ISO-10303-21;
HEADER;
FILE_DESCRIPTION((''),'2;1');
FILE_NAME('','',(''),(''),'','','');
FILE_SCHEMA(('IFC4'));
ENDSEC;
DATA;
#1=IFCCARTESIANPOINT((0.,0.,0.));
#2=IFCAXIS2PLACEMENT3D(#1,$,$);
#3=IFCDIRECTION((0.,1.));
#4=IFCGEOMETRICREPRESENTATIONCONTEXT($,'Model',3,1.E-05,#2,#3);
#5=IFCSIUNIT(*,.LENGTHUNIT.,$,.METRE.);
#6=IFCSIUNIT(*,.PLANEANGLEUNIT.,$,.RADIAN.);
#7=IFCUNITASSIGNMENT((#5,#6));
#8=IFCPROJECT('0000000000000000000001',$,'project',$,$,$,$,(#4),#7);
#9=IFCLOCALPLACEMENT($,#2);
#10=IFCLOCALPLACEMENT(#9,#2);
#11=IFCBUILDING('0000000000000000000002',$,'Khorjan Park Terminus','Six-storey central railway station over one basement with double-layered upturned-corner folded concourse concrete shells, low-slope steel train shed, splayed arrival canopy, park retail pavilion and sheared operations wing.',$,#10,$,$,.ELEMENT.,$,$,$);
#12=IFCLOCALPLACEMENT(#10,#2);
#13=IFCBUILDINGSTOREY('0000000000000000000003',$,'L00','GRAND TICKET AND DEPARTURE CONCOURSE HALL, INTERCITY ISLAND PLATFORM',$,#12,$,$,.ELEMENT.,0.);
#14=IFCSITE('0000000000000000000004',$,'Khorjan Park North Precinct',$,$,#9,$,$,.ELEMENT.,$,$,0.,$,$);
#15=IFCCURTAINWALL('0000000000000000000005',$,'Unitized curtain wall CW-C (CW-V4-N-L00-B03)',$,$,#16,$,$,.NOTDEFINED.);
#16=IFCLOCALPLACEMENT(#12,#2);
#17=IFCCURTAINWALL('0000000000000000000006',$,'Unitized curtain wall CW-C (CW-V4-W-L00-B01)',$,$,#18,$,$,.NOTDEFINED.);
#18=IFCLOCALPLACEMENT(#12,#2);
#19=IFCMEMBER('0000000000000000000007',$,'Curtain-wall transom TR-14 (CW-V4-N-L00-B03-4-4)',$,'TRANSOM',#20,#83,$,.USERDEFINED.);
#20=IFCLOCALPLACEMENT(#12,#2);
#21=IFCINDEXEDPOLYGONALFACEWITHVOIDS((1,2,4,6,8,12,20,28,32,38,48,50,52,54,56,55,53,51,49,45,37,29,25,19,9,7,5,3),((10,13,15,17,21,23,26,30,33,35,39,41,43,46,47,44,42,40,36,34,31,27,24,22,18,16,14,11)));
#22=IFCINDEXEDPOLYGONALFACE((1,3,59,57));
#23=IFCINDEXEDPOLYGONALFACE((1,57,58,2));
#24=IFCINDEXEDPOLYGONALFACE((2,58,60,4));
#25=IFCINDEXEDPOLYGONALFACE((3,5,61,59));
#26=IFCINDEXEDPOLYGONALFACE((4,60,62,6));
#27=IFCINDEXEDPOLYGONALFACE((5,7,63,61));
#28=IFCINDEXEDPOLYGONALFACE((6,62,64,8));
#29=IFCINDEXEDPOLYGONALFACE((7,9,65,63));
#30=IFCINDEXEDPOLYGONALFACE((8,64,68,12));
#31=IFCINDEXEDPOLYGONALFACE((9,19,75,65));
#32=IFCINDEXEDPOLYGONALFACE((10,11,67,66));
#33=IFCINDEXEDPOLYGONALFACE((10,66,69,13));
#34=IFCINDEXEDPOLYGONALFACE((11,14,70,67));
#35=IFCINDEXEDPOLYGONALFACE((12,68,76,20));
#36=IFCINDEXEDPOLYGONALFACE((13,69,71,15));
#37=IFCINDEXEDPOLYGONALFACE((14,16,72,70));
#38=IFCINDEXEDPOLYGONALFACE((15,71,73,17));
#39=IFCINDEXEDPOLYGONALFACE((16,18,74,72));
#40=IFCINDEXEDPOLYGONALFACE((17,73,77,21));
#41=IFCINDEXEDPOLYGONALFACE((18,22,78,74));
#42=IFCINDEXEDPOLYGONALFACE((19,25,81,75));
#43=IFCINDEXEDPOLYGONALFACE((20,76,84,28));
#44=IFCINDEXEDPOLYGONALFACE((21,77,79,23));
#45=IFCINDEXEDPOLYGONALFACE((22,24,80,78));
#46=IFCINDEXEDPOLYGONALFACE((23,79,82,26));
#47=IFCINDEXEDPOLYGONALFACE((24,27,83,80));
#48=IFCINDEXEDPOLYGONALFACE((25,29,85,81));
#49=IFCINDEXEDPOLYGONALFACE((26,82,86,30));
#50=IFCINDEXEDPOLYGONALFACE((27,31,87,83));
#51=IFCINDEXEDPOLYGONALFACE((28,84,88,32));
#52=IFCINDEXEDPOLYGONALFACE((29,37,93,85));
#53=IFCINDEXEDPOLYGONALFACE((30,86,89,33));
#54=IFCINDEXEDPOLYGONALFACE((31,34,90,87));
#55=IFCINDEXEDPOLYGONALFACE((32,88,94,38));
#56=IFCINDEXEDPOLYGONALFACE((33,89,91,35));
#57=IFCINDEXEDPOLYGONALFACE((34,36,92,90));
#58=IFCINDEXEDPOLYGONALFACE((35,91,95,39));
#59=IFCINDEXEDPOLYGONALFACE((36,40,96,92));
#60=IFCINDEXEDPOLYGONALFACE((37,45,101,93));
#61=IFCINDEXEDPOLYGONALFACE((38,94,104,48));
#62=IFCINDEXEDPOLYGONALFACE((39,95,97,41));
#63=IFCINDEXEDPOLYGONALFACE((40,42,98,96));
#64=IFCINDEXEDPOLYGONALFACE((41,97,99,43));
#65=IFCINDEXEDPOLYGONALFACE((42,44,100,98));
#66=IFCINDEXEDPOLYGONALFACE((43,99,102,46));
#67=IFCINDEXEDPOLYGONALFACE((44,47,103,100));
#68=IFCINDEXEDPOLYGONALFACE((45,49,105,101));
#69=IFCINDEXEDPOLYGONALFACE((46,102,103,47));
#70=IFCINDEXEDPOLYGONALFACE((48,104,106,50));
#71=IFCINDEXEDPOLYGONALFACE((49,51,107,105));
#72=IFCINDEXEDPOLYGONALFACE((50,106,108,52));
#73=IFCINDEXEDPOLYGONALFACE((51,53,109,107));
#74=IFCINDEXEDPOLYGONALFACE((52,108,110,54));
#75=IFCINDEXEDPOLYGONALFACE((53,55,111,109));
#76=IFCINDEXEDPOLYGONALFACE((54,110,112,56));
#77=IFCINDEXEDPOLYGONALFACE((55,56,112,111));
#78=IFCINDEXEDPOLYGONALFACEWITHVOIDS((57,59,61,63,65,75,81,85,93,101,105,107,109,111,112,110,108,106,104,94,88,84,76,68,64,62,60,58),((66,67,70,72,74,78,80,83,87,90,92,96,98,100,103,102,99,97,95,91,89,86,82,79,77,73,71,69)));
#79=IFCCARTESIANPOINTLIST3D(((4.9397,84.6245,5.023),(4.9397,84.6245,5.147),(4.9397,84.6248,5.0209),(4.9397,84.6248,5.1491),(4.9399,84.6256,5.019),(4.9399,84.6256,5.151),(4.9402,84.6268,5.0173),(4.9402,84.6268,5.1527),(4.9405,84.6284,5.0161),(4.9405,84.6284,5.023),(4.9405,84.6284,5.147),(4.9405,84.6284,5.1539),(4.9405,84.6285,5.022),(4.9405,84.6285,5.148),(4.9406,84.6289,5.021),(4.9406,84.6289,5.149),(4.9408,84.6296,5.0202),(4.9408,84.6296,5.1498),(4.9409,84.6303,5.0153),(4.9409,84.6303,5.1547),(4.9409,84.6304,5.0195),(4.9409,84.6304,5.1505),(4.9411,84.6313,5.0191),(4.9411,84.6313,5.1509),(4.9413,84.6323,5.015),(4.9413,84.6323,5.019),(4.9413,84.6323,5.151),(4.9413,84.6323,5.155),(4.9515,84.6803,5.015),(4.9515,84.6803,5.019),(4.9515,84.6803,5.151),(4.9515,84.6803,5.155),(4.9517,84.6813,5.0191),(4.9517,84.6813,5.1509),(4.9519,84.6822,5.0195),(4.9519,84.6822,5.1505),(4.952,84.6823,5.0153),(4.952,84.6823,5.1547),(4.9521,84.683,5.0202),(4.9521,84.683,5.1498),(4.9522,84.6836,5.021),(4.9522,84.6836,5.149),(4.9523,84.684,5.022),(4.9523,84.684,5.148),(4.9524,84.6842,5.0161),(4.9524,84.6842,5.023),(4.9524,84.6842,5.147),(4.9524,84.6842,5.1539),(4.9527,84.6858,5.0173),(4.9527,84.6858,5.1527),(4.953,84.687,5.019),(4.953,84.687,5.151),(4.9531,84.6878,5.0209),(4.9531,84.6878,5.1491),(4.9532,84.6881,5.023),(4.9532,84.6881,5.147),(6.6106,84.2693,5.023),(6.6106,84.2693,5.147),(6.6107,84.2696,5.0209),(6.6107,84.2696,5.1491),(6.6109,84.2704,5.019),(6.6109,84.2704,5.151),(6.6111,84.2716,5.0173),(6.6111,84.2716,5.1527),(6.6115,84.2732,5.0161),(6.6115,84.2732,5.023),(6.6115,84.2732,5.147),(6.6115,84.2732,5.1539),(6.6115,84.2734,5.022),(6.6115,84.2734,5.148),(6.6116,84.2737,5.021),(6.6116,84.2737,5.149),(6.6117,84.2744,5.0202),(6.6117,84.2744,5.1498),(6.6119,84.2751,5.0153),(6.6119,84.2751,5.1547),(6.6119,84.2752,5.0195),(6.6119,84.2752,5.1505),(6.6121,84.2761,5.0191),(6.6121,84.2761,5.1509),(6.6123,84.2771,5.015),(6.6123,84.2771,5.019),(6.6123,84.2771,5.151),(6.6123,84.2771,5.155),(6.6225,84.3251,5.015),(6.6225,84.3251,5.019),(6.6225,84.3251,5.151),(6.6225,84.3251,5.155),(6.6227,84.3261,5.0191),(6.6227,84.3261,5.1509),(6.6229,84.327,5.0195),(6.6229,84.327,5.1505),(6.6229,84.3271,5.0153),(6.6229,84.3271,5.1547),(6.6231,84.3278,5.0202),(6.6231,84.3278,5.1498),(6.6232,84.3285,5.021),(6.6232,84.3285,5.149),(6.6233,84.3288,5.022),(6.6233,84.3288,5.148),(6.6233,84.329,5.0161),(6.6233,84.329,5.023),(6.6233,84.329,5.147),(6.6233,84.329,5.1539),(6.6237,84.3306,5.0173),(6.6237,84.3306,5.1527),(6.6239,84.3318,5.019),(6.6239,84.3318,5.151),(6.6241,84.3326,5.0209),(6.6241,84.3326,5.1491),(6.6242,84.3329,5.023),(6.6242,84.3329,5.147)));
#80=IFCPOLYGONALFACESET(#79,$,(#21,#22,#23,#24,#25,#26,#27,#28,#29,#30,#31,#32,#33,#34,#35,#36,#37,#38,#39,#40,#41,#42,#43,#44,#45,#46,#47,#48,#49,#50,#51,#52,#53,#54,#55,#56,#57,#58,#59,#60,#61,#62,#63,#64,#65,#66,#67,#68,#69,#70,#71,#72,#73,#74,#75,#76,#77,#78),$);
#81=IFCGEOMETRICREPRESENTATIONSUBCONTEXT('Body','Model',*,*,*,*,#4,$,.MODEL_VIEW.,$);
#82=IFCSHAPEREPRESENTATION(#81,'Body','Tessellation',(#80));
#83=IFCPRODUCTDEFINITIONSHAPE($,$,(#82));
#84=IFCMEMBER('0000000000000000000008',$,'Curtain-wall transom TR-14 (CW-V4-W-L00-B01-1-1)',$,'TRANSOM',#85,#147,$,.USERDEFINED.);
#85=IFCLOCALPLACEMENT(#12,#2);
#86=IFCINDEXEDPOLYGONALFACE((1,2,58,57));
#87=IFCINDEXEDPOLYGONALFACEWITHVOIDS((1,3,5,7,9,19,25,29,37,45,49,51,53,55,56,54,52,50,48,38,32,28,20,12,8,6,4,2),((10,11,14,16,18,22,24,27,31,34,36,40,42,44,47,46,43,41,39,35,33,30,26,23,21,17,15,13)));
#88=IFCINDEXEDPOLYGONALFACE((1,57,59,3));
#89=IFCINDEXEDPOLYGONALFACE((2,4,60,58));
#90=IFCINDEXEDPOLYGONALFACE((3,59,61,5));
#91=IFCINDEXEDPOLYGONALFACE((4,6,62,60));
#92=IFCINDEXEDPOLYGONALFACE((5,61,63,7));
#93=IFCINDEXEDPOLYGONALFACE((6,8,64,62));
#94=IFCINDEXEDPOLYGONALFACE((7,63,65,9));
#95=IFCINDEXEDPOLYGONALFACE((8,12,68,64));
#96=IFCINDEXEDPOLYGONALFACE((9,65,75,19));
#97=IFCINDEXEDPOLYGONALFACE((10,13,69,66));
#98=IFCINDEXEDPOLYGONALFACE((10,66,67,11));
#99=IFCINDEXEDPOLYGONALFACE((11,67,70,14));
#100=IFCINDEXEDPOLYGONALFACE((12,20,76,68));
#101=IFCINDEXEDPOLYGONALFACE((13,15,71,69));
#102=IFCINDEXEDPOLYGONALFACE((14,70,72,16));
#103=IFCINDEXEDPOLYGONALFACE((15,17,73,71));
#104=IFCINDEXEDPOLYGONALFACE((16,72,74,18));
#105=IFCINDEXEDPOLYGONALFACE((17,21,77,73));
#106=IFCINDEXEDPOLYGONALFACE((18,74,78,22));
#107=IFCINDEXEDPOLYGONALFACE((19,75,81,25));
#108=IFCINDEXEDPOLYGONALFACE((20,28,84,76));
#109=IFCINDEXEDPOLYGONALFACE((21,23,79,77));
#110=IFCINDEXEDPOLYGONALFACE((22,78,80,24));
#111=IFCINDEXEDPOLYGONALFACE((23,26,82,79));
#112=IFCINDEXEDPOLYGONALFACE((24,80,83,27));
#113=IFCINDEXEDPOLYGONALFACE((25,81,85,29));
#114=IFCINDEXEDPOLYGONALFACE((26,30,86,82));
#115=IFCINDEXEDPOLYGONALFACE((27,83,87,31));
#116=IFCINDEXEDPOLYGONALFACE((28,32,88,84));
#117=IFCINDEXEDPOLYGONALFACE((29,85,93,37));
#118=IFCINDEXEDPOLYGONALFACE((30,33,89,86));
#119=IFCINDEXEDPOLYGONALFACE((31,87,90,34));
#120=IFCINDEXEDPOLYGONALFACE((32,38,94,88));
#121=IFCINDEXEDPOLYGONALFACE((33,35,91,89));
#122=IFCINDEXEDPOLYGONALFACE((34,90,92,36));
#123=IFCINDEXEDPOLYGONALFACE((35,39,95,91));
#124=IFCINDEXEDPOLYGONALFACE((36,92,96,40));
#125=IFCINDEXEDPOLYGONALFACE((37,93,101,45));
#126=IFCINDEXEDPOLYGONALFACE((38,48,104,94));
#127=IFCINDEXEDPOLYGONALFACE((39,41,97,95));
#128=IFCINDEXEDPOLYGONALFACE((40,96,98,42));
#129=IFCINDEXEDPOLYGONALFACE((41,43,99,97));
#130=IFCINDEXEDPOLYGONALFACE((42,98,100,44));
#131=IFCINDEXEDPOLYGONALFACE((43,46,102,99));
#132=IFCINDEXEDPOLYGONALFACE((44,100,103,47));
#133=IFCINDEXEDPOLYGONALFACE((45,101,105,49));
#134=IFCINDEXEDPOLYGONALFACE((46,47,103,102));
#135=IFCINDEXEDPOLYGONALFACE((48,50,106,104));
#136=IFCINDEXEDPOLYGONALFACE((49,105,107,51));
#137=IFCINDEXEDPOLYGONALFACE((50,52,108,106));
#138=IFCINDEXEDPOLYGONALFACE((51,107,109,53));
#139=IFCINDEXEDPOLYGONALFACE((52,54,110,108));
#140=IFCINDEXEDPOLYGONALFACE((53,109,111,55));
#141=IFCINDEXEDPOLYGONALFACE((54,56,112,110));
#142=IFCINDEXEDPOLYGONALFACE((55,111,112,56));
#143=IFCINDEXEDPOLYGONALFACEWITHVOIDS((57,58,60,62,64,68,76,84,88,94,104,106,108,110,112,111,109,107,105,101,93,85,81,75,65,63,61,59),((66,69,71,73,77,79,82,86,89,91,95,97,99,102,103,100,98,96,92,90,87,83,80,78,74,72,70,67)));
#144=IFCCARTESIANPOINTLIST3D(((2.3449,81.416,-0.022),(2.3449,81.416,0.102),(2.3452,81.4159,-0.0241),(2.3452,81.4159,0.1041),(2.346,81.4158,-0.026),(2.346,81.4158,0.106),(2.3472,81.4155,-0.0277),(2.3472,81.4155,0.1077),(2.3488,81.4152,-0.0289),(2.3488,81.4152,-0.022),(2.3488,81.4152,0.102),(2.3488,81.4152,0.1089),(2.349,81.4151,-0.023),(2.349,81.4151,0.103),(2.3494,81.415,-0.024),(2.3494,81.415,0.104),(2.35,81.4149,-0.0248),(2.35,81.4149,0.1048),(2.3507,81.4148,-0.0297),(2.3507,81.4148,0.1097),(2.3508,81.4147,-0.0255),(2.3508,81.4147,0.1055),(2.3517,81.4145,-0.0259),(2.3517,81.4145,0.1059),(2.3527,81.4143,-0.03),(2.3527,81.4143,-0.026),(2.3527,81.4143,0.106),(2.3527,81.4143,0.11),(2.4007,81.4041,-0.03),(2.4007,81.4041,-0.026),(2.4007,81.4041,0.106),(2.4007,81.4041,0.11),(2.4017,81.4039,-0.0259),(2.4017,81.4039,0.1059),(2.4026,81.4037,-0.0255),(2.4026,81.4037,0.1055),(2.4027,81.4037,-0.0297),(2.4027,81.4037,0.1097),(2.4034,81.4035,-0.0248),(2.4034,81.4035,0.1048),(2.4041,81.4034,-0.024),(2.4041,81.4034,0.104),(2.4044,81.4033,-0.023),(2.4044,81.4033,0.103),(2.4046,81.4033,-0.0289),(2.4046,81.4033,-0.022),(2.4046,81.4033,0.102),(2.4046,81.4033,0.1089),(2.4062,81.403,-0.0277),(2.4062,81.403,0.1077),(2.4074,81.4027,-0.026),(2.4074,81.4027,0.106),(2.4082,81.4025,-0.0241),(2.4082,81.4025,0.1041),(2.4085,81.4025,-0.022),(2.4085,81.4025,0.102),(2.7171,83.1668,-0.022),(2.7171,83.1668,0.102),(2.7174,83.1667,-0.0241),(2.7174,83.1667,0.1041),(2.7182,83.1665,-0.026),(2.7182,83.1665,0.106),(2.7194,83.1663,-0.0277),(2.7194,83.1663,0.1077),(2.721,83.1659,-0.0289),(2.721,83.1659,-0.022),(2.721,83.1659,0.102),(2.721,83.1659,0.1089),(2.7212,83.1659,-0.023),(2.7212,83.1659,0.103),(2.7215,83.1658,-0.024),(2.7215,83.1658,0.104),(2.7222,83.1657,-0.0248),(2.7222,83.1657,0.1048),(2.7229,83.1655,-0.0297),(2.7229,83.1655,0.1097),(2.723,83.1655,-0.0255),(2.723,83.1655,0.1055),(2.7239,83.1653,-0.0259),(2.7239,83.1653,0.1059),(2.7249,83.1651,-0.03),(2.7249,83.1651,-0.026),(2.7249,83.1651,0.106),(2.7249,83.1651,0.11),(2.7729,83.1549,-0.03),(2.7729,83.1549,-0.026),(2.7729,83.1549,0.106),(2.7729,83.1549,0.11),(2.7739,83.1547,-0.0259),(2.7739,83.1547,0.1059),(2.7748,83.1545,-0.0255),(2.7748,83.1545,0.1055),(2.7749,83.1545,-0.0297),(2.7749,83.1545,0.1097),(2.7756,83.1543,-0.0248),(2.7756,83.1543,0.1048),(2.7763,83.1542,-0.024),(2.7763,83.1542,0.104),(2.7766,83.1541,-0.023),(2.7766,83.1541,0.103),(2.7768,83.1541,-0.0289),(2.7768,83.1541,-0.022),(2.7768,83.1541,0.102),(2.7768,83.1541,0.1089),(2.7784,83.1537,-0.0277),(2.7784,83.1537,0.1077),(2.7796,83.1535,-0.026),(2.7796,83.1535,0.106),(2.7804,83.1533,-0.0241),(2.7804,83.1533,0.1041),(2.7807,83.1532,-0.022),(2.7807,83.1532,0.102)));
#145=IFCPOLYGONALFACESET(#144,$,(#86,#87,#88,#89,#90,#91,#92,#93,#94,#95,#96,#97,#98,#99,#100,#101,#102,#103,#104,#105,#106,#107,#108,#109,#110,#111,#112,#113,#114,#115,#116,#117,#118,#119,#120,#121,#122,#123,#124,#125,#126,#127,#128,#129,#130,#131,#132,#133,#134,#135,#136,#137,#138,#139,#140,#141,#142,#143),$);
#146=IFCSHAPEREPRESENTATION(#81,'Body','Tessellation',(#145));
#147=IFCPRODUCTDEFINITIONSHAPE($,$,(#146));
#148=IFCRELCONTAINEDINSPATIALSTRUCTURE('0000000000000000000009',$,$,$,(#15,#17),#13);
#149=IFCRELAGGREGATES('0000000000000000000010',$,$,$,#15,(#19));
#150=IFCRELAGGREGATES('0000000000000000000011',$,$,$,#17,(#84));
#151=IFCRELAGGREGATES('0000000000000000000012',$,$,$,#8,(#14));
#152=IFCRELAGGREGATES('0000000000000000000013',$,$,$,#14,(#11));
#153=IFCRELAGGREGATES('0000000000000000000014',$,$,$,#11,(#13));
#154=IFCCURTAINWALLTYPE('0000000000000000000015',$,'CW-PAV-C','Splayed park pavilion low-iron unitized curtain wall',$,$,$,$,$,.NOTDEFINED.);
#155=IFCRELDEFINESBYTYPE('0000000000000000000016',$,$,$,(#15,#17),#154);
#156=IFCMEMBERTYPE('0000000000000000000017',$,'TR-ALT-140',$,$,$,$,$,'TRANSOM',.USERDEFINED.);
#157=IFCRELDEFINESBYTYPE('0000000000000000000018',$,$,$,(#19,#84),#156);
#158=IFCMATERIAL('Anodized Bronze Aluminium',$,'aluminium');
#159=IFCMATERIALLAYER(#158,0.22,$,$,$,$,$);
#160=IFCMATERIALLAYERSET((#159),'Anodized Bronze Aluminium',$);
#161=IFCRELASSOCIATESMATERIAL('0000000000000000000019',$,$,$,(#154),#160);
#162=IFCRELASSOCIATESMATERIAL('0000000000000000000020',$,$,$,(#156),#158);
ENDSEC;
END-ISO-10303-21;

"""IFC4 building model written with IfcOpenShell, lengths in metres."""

from ifc_helpers import new_model, si_unit, direction, frame, origin, origin_2d, place, context, subcontext, project, spatial, hollow_rectangle, extrude, material, layer, layer_set, material_profile, profile_set, type_object, element, aggregate, save


model = new_model("IFC4")

# Units and contexts
model_context = context("Model", 3, precision=1e-05, world=origin(), true_north=direction((0.0, 1.0)))
body_context = subcontext(model_context, "Body", "Model", "MODEL_VIEW")
ifc_project = project(units=[si_unit("LENGTHUNIT", "METRE"), si_unit("PLANEANGLEUNIT", "RADIAN")], contexts=[model_context])

# Site, building, storey
site_placement = place(None, origin())
site = spatial("IfcSite", under=ifc_project, at=site_placement, Name="Khorjan Park North Precinct", CompositionType="ELEMENT", RefElevation=0.0)
building_placement = place(site_placement, origin())
building = spatial("IfcBuilding", under=site, at=building_placement, Name="Khorjan Park Terminus", Description="Six-storey central railway station over one basement with double-layered upturned-corner folded concourse concrete shells, low-slope steel train shed, splayed arrival canopy, park retail pavilion and sheared operations wing.", CompositionType="ELEMENT")
storey_placement = place(building_placement, origin())
storey = spatial("IfcBuildingStorey", under=building, at=storey_placement, Name="L00", Description="GRAND TICKET AND DEPARTURE CONCOURSE HALL, INTERCITY ISLAND PLATFORM", CompositionType="ELEMENT", Elevation=0.0)

# Curtain wall
ifc_material_1 = material(Name="Anodized Bronze Aluminium", Category="aluminium")
ifc_layer_1 = layer(ifc_material_1, 0.22)
ifc_layer_set_1 = layer_set([ifc_layer_1], Name="Anodized Bronze Aluminium")
curtain_wall_type = type_object("IfcCurtainWallType", Name="CW-PAV-C", Description="Splayed park pavilion low-iron unitized curtain wall", PredefinedType="NOTDEFINED", material=ifc_layer_set_1)
curtain_wall_1_placement = place(storey_placement, origin())
curtain_wall_1 = element("IfcCurtainWall", 1, at=curtain_wall_1_placement, inside=storey, type_object=curtain_wall_type, Name="Unitized curtain wall CW-C (CW-V4-N-L00-B03)", PredefinedType="NOTDEFINED")

# Curtain wall
curtain_wall_2_placement = place(storey_placement, origin())
curtain_wall_2 = element("IfcCurtainWall", 2, at=curtain_wall_2_placement, inside=storey, type_object=curtain_wall_type, Name="Unitized curtain wall CW-C (CW-V4-W-L00-B01)", PredefinedType="NOTDEFINED")

# Members
ifc_material_profile_1 = material_profile(ifc_material_1, hollow_rectangle(XDim=0.065, YDim=0.14, WallThickness=0.004, InnerFilletRadius=0.004, OuterFilletRadius=0.008, at=origin_2d()), Name="ALT 65x140x4")
ifc_profile_set_1 = profile_set([ifc_material_profile_1], Name="Anodized Bronze Aluminium")
member_type_1 = type_object("IfcMemberType", Name="TR-ALT-140", ElementType="TRANSOM", PredefinedType="USERDEFINED", material=ifc_profile_set_1)
member_1_placement = place(storey_placement, frame((6.6174, 84.3011, 5.085), z_axis=(-0.978145, 0.207922, 0.0), x_axis=(-0.207922, -0.978145, 0.0)))
member_1 = element("IfcMember", 3, at=member_1_placement, type_object=member_type_1, Name="Curtain-wall transom TR-14 (CW-V4-N-L00-B03-4-4)", ObjectType="TRANSOM", PredefinedType="USERDEFINED", context=body_context, shape_type="SweptSolid", body=[
    extrude(hollow_rectangle(XDim=0.065, YDim=0.14, WallThickness=0.004, InnerFilletRadius=0.004, OuterFilletRadius=0.008, at=origin_2d()), origin(), (0.0, 0.0, 1.0), 1.7083),
])
member_2_placement = place(storey_placement, frame((2.7489, 83.16, 0.04), z_axis=(-0.207942, -0.978141, 0.0), x_axis=(0.978141, -0.207942, 0.0)))
member_2 = element("IfcMember", 4, at=member_2_placement, type_object=member_type_1, Name="Curtain-wall transom TR-14 (CW-V4-W-L00-B01-1-1)", ObjectType="TRANSOM", PredefinedType="USERDEFINED", context=body_context, shape_type="SweptSolid", body=[
    extrude(hollow_rectangle(XDim=0.065, YDim=0.14, WallThickness=0.004, InnerFilletRadius=0.004, OuterFilletRadius=0.008, at=origin_2d()), origin(), (0.0, 0.0, 1.0), 1.7899),
])

aggregate(curtain_wall_1, [member_1])
aggregate(curtain_wall_2, [member_2])

save(model, "model.ifc")
